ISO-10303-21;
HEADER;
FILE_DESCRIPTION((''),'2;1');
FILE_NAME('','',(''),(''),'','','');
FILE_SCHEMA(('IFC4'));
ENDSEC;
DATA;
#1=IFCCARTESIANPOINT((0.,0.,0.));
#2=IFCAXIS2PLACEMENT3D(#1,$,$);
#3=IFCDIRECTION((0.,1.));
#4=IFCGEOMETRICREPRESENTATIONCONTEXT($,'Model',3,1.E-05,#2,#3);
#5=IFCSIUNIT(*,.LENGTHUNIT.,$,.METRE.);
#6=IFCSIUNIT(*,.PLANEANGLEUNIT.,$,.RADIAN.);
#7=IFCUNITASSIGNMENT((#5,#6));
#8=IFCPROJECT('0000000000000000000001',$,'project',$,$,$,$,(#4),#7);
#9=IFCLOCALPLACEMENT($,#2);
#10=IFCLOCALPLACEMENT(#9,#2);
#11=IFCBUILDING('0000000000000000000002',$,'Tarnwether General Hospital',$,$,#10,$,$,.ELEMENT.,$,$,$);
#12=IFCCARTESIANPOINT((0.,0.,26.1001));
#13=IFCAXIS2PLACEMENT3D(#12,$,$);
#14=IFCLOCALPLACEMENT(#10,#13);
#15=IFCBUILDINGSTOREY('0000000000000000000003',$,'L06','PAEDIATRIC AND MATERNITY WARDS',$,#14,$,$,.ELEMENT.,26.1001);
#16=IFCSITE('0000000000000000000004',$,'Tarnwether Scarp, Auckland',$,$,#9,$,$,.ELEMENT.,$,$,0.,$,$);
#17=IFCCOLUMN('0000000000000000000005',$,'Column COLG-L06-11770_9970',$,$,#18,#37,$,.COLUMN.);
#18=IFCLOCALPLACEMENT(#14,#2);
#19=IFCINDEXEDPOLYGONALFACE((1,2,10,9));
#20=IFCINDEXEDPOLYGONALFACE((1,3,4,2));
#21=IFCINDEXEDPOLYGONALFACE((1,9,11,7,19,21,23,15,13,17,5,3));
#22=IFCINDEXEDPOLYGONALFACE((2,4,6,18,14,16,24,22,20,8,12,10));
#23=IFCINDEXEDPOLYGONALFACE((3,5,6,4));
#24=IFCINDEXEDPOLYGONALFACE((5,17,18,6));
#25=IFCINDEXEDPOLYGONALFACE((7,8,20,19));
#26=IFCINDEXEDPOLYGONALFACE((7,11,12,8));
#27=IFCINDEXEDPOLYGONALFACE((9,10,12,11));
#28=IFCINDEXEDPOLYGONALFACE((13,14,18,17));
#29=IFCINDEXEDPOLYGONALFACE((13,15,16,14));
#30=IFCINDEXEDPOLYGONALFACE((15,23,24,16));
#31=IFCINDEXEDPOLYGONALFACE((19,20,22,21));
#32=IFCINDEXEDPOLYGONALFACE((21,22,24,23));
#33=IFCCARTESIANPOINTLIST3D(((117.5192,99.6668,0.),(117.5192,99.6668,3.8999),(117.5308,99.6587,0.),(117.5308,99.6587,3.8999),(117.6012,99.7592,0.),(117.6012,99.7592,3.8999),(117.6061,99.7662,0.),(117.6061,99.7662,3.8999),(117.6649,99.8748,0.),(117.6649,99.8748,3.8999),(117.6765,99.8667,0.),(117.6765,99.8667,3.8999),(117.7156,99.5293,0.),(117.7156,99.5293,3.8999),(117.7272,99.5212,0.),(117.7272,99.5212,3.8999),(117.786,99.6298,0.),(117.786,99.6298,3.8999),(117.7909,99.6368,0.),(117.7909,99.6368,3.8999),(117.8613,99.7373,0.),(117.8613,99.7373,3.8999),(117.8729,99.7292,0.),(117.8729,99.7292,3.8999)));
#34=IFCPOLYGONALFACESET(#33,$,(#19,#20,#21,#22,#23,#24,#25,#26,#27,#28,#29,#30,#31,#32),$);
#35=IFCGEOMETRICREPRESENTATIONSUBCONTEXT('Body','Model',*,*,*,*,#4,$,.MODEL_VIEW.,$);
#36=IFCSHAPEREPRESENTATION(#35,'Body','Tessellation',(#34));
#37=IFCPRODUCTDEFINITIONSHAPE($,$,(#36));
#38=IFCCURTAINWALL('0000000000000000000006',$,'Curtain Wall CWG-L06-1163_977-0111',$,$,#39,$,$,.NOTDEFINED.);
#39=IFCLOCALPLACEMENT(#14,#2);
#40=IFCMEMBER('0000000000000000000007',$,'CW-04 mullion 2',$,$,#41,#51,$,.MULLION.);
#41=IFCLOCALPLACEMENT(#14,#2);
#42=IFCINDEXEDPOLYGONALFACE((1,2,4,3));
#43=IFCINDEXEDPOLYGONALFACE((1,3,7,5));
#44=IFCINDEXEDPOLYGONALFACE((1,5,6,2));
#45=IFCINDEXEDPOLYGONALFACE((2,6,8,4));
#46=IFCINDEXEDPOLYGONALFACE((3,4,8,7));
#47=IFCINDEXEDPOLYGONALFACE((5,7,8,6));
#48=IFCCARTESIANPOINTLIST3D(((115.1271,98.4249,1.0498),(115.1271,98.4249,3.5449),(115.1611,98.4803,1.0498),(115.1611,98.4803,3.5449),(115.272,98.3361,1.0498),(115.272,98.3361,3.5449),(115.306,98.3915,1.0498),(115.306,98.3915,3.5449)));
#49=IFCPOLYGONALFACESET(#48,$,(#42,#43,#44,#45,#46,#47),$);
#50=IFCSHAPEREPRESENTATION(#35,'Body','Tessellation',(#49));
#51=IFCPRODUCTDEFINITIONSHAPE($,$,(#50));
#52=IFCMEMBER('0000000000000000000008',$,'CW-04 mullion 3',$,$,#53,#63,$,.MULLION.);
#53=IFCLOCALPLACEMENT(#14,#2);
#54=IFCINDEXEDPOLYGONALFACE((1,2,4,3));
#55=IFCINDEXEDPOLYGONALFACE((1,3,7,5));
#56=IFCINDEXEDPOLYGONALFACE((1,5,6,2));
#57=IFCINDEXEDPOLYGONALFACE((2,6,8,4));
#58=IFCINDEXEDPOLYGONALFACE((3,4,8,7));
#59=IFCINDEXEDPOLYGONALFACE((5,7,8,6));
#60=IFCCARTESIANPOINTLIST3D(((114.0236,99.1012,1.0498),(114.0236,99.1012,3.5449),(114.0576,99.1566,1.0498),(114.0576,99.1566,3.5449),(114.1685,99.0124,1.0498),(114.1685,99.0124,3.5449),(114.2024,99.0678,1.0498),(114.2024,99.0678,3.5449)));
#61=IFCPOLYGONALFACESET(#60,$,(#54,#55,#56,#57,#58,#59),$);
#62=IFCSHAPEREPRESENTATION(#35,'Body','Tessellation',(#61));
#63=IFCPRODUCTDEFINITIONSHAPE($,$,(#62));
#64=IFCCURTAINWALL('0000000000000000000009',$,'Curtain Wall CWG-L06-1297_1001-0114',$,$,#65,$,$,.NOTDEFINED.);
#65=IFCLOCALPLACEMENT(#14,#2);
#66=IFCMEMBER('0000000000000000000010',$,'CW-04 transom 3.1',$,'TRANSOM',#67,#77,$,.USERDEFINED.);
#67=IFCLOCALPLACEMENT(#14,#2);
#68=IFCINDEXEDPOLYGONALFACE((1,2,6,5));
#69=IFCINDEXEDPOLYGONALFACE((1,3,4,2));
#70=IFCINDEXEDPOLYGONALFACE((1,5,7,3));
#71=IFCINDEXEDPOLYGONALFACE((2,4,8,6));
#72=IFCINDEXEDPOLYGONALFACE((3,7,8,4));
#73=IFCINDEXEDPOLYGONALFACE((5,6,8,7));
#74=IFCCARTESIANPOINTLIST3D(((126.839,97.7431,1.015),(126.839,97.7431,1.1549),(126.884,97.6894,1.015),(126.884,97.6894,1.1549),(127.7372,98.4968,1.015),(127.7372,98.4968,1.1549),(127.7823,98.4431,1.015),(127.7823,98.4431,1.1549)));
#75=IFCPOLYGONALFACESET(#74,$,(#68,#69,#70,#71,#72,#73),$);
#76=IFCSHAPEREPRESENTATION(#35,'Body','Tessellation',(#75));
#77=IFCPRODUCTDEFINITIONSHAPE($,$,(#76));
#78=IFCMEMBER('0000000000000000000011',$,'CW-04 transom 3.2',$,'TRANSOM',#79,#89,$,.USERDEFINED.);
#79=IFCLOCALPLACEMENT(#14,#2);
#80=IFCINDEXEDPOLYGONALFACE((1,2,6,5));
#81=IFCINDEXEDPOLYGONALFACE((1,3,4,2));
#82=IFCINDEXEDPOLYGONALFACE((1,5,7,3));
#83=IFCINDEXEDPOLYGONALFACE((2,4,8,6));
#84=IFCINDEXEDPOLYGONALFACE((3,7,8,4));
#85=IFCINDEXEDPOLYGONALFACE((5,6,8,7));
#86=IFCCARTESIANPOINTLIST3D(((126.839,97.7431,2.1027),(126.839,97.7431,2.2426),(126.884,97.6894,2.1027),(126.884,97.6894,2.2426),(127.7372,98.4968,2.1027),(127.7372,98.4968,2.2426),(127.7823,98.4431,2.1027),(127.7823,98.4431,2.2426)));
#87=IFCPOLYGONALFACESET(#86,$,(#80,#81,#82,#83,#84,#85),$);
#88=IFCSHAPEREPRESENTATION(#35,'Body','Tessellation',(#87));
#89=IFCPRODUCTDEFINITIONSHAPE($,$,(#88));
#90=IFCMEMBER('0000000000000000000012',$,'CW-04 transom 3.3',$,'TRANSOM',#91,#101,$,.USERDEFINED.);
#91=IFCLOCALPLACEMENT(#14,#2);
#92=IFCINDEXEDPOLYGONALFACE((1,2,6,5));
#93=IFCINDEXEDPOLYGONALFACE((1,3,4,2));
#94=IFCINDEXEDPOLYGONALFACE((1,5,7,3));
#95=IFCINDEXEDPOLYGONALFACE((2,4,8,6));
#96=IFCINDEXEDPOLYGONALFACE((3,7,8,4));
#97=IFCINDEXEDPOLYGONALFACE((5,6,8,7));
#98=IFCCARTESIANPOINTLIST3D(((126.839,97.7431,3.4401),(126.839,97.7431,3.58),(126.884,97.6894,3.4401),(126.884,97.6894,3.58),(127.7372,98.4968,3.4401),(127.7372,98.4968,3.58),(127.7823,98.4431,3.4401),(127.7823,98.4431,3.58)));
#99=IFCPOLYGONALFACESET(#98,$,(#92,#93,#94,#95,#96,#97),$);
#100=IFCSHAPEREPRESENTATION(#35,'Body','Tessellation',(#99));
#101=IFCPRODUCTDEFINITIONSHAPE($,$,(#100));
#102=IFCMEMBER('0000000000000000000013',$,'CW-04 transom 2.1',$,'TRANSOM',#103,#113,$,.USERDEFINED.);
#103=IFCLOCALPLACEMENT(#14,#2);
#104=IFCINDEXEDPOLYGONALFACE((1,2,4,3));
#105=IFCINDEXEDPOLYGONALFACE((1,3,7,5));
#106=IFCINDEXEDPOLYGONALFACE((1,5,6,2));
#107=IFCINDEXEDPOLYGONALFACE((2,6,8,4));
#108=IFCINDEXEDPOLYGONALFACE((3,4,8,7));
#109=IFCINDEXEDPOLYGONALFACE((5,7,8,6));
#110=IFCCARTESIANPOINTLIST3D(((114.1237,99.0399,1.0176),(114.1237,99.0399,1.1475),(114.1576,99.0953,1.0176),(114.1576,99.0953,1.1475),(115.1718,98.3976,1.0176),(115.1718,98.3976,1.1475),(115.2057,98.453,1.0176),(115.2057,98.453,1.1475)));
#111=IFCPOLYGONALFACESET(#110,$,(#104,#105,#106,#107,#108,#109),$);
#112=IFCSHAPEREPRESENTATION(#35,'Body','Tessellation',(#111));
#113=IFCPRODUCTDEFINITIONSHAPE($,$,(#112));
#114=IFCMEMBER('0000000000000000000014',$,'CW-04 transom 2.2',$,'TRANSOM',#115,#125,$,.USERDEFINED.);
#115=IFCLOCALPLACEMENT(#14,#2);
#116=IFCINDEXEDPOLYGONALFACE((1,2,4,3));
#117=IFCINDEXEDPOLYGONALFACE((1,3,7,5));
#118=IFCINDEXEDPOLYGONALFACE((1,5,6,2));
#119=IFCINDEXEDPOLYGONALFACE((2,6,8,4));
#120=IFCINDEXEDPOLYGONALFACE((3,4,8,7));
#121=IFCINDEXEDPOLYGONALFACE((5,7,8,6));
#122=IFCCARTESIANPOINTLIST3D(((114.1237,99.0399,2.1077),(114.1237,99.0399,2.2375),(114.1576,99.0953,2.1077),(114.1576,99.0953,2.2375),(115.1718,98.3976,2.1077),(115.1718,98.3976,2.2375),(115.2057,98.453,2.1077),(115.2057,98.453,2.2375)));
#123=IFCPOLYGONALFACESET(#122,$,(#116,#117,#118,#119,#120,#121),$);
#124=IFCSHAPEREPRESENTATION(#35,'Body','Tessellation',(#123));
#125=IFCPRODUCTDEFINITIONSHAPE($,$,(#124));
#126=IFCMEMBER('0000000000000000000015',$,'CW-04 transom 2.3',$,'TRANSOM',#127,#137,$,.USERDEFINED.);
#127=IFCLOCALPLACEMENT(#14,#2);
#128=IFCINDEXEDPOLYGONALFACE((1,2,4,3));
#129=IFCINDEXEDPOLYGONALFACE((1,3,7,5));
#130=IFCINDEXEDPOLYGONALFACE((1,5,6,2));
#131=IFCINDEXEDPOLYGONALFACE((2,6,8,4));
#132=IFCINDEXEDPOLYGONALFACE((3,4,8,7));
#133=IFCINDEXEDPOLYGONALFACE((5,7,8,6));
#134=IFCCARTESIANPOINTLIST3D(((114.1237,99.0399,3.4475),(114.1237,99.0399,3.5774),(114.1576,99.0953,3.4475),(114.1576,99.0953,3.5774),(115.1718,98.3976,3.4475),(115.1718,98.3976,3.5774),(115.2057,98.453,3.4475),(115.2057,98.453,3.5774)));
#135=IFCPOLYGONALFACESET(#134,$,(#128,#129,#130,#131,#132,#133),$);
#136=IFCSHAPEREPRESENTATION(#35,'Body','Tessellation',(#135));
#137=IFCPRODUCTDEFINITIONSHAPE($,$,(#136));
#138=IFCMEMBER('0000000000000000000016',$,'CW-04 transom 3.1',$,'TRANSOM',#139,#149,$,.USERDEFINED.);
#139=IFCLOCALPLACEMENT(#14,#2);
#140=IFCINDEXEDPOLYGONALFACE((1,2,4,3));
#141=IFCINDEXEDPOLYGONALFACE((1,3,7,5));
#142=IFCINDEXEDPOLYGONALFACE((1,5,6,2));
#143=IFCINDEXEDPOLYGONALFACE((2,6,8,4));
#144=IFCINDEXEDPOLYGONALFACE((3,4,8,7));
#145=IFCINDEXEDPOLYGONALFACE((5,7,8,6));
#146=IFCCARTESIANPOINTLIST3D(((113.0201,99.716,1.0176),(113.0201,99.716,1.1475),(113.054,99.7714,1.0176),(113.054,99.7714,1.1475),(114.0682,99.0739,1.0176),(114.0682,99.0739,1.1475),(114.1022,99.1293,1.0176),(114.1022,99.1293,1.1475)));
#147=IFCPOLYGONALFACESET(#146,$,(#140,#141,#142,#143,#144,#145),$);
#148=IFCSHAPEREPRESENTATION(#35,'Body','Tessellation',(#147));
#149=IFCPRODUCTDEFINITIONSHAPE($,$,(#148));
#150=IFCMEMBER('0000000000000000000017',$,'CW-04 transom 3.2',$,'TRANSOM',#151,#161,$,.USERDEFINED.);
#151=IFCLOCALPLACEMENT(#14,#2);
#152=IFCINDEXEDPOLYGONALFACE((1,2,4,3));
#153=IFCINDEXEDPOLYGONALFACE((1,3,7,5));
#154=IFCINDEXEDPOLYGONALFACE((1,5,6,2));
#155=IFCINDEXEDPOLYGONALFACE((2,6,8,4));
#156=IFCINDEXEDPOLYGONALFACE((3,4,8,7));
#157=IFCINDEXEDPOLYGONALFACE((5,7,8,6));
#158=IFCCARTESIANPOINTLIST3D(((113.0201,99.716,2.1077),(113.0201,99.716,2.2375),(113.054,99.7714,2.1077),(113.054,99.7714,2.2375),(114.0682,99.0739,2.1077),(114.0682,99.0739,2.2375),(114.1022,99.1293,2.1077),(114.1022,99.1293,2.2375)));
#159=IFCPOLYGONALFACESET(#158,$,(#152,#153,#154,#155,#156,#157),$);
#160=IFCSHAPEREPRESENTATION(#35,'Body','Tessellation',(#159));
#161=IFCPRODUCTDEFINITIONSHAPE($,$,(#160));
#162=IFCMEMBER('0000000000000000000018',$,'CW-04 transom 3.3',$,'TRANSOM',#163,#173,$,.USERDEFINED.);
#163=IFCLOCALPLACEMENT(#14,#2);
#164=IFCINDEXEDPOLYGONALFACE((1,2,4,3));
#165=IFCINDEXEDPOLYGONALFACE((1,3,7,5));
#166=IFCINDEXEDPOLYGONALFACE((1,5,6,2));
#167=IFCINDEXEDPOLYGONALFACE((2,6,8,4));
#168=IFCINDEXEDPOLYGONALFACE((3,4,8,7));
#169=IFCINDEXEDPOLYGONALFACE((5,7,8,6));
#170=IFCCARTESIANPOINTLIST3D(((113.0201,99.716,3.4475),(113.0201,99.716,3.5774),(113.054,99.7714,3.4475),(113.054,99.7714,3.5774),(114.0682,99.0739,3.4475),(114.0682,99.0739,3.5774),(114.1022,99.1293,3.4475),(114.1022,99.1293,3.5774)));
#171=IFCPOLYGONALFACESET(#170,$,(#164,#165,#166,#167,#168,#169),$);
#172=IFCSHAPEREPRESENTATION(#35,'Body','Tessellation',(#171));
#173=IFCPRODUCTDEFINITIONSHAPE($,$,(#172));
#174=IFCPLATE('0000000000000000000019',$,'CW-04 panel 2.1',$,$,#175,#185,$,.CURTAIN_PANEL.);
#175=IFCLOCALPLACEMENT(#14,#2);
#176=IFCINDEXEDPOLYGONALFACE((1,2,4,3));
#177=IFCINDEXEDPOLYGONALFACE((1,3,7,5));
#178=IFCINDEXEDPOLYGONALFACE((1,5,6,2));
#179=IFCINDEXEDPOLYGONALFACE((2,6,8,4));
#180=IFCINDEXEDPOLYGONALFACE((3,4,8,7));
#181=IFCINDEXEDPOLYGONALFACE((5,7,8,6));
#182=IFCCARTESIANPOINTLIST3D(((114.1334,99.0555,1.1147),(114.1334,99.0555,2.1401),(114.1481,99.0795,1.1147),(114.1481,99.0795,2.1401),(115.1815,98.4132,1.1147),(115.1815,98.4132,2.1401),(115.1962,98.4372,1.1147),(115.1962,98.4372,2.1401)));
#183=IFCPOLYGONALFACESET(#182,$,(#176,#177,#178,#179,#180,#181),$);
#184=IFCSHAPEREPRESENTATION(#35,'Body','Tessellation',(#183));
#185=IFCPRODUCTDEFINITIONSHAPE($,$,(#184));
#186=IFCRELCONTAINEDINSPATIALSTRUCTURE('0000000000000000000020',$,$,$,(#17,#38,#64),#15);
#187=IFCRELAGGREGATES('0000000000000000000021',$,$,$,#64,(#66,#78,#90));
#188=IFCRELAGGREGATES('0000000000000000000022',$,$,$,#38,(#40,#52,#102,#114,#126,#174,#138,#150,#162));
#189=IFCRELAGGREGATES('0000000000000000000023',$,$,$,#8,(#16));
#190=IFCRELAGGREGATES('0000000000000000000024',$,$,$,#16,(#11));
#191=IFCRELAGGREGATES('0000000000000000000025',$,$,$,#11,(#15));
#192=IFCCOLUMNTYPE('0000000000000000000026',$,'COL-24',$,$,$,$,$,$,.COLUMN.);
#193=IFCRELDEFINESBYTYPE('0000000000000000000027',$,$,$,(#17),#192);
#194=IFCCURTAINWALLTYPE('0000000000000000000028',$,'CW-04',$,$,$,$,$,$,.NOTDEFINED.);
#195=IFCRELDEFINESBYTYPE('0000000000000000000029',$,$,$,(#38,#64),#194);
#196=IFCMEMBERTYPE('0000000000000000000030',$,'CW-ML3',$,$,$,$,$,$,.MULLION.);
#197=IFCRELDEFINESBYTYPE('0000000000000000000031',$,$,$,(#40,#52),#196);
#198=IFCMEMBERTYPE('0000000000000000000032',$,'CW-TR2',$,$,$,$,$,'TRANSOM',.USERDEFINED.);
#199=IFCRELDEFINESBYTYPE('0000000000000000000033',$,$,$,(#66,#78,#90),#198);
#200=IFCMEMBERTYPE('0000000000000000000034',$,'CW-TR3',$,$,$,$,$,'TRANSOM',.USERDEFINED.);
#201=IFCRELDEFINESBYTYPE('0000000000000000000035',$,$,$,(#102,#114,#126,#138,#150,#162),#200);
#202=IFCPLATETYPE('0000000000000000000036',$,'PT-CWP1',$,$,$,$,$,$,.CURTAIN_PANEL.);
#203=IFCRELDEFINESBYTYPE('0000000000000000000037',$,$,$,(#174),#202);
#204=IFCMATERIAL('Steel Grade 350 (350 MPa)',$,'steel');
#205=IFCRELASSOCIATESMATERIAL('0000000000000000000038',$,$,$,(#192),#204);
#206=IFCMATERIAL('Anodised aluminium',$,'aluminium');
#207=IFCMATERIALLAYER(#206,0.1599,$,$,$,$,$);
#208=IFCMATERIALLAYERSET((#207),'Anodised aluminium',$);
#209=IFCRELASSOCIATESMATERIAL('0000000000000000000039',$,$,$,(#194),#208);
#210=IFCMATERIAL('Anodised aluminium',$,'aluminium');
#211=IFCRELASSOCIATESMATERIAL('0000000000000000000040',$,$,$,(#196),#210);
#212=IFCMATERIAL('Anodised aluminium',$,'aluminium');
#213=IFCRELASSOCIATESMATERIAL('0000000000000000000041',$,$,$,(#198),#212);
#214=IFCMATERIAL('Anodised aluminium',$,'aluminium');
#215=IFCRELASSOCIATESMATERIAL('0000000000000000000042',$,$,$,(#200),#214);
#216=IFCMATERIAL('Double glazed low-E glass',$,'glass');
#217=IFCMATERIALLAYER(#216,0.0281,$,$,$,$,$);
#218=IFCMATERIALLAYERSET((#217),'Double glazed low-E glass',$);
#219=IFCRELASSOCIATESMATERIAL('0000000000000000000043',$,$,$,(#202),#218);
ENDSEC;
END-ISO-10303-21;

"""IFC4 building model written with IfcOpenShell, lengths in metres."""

from ifc_helpers import new_model, si_unit, direction, frame, origin, origin_2d, place, context, subcontext, project, spatial, rectangle, i_section, extrude, material, layer, layer_set, material_profile, profile_set, type_object, element, aggregate, save


model = new_model("IFC4")

# Units and contexts
model_context = context("Model", 3, precision=1e-05, world=origin(), true_north=direction((0.0, 1.0)))
body_context = subcontext(model_context, "Body", "Model", "MODEL_VIEW")
ifc_project = project(units=[si_unit("LENGTHUNIT", "METRE"), si_unit("PLANEANGLEUNIT", "RADIAN")], contexts=[model_context])

# Site, building, storey
site_placement = place(None, origin())
site = spatial("IfcSite", under=ifc_project, at=site_placement, Name="Tarnwether Scarp, Auckland", CompositionType="ELEMENT", RefElevation=0.0)
building_placement = place(site_placement, origin())
building = spatial("IfcBuilding", under=site, at=building_placement, Name="Tarnwether General Hospital", CompositionType="ELEMENT")
storey_placement = place(building_placement, frame((0.0, 0.0, 26.1001)))
storey = spatial("IfcBuildingStorey", under=building, at=storey_placement, Name="L06", Description="PAEDIATRIC AND MATERNITY WARDS", CompositionType="ELEMENT", Elevation=26.1001)

# Column
ifc_material_1 = material(Name="Steel Grade 350 (350 MPa)", Category="steel")
ifc_material_profile_1 = material_profile(ifc_material_1, i_section(OverallWidth=0.2539, OverallDepth=0.2539, WebThickness=0.0085, FlangeThickness=0.0142, at=origin_2d()), Name="250UC72.9")
ifc_profile_set_1 = profile_set([ifc_material_profile_1], Name="Steel Grade 350 (350 MPa)")
column_type = type_object("IfcColumnType", Name="COL-24", PredefinedType="COLUMN", material=ifc_profile_set_1)
column_placement = place(storey_placement, frame((117.696, 99.698, 0.0), z_axis=(0.0, 0.0, 1.0), x_axis=(0.573576, 0.819152, 0.0)))
element("IfcColumn", 1, at=column_placement, inside=storey, type_object=column_type, Name="Column COLG-L06-11770_9970", PredefinedType="COLUMN", context=body_context, shape_type="SweptSolid", body=[
    extrude(i_section(OverallWidth=0.2539, OverallDepth=0.2539, WebThickness=0.0085, FlangeThickness=0.0142, at=origin_2d()), origin(), (0.0, 0.0, 1.0), 3.8999),
])

# Curtain walls, members
ifc_material_2 = material(Name="Anodised aluminium", Category="aluminium")
ifc_layer_1 = layer(ifc_material_2, 0.1599)
ifc_layer_set_1 = layer_set([ifc_layer_1], Name="Anodised aluminium")
curtain_wall_type = type_object("IfcCurtainWallType", Name="CW-04", PredefinedType="NOTDEFINED", material=ifc_layer_set_1)
curtain_wall_1_placement = place(storey_placement, origin())
curtain_wall_1 = element("IfcCurtainWall", 2, at=curtain_wall_1_placement, inside=storey, type_object=curtain_wall_type, Name="Curtain Wall CWG-L06-1163_977-0111", PredefinedType="NOTDEFINED")
ifc_material_3 = material(Name="Anodised aluminium", Category="aluminium")
ifc_material_profile_2 = material_profile(ifc_material_3, rectangle(XDim=0.0649, YDim=0.1699, at=origin_2d()), Name="ALU-MUL-65x170")
ifc_profile_set_2 = profile_set([ifc_material_profile_2], Name="Anodised aluminium")
member_type_1 = type_object("IfcMemberType", Name="CW-ML3", PredefinedType="MULLION", material=ifc_profile_set_2)
member_1_placement = place(storey_placement, frame((115.2166, 98.4082, 1.0498), z_axis=(0.0, 0.0, 1.0), x_axis=(-0.522512, -0.852632, 0.0)))
member_1 = element("IfcMember", 3, at=member_1_placement, type_object=member_type_1, Name="CW-04 mullion 2", PredefinedType="MULLION", context=body_context, shape_type="SweptSolid", body=[
    extrude(rectangle(XDim=0.0649, YDim=0.1699, at=origin_2d()), origin(), (0.0, 0.0, 1.0), 2.4951),
])
member_2_placement = place(storey_placement, frame((114.113, 99.0845, 1.0498), z_axis=(0.0, 0.0, 1.0), x_axis=(-0.522512, -0.852632, 0.0)))
member_2 = element("IfcMember", 4, at=member_2_placement, type_object=member_type_1, Name="CW-04 mullion 3", PredefinedType="MULLION", context=body_context, shape_type="SweptSolid", body=[
    extrude(rectangle(XDim=0.0649, YDim=0.1699, at=origin_2d()), origin(), (0.0, 0.0, 1.0), 2.4951),
])
curtain_wall_2_placement = place(storey_placement, origin())
curtain_wall_2 = element("IfcCurtainWall", 5, at=curtain_wall_2_placement, inside=storey, type_object=curtain_wall_type, Name="Curtain Wall CWG-L06-1297_1001-0114", PredefinedType="NOTDEFINED")
ifc_material_4 = material(Name="Anodised aluminium", Category="aluminium")
ifc_material_profile_3 = material_profile(ifc_material_4, rectangle(XDim=0.0701, YDim=0.1399, at=origin_2d()), Name="ALU-TRN-70x140")
ifc_profile_set_3 = profile_set([ifc_material_profile_3], Name="Anodised aluminium")
member_type_2 = type_object("IfcMemberType", Name="CW-TR2", ElementType="TRANSOM", PredefinedType="USERDEFINED", material=ifc_profile_set_3)
member_3_placement = place(storey_placement, frame((127.7598, 98.47, 1.085), z_axis=(-0.766049, -0.642782, 0.0), x_axis=(0.642782, -0.766049, 0.0)))
member_3 = element("IfcMember", 6, at=member_3_placement, type_object=member_type_2, Name="CW-04 transom 3.1", ObjectType="TRANSOM", PredefinedType="USERDEFINED", context=body_context, shape_type="SweptSolid", body=[
    extrude(rectangle(XDim=0.0701, YDim=0.1399, at=origin_2d()), origin(), (0.0, 0.0, 1.0), 1.1726),
])
member_4_placement = place(storey_placement, frame((127.7598, 98.47, 2.1726), z_axis=(-0.766049, -0.642782, 0.0), x_axis=(0.642782, -0.766049, 0.0)))
member_4 = element("IfcMember", 7, at=member_4_placement, type_object=member_type_2, Name="CW-04 transom 3.2", ObjectType="TRANSOM", PredefinedType="USERDEFINED", context=body_context, shape_type="SweptSolid", body=[
    extrude(rectangle(XDim=0.0701, YDim=0.1399, at=origin_2d()), origin(), (0.0, 0.0, 1.0), 1.1726),
])
member_5_placement = place(storey_placement, frame((127.7598, 98.47, 3.51), z_axis=(-0.766049, -0.642782, 0.0), x_axis=(0.642782, -0.766049, 0.0)))
member_5 = element("IfcMember", 8, at=member_5_placement, type_object=member_type_2, Name="CW-04 transom 3.3", ObjectType="TRANSOM", PredefinedType="USERDEFINED", context=body_context, shape_type="SweptSolid", body=[
    extrude(rectangle(XDim=0.0701, YDim=0.1399, at=origin_2d()), origin(), (0.0, 0.0, 1.0), 1.1726),
])
aggregate(curtain_wall_2, [member_3, member_4, member_5])

# Members
ifc_material_5 = material(Name="Anodised aluminium", Category="aluminium")
ifc_material_profile_4 = material_profile(ifc_material_5, rectangle(XDim=0.0649, YDim=0.1299, at=origin_2d()), Name="ALU-TRN-65x130")
ifc_profile_set_4 = profile_set([ifc_material_profile_4], Name="Anodised aluminium")
member_type_3 = type_object("IfcMemberType", Name="CW-TR3", ElementType="TRANSOM", PredefinedType="USERDEFINED", material=ifc_profile_set_4)
member_6_placement = place(storey_placement, frame((115.1887, 98.4253, 1.0825), z_axis=(-0.852618, 0.522534, 0.0), x_axis=(-0.522534, -0.852618, 0.0)))
member_6 = element("IfcMember", 9, at=member_6_placement, type_object=member_type_3, Name="CW-04 transom 2.1", ObjectType="TRANSOM", PredefinedType="USERDEFINED", context=body_context, shape_type="SweptSolid", body=[
    extrude(rectangle(XDim=0.0649, YDim=0.1299, at=origin_2d()), origin(), (0.0, 0.0, 1.0), 1.2292),
])
member_7_placement = place(storey_placement, frame((115.1887, 98.4253, 2.1726), z_axis=(-0.852618, 0.522534, 0.0), x_axis=(-0.522534, -0.852618, 0.0)))
member_7 = element("IfcMember", 10, at=member_7_placement, type_object=member_type_3, Name="CW-04 transom 2.2", ObjectType="TRANSOM", PredefinedType="USERDEFINED", context=body_context, shape_type="SweptSolid", body=[
    extrude(rectangle(XDim=0.0649, YDim=0.1299, at=origin_2d()), origin(), (0.0, 0.0, 1.0), 1.2292),
])
member_8_placement = place(storey_placement, frame((115.1887, 98.4253, 3.5125), z_axis=(-0.852618, 0.522534, 0.0), x_axis=(-0.522534, -0.852618, 0.0)))
member_8 = element("IfcMember", 11, at=member_8_placement, type_object=member_type_3, Name="CW-04 transom 2.3", ObjectType="TRANSOM", PredefinedType="USERDEFINED", context=body_context, shape_type="SweptSolid", body=[
    extrude(rectangle(XDim=0.0649, YDim=0.1299, at=origin_2d()), origin(), (0.0, 0.0, 1.0), 1.2292),
])
member_9_placement = place(storey_placement, frame((114.0852, 99.1016, 1.0825), z_axis=(-0.852707, 0.52239, 0.0), x_axis=(-0.52239, -0.852707, 0.0)))
member_9 = element("IfcMember", 12, at=member_9_placement, type_object=member_type_3, Name="CW-04 transom 3.1", ObjectType="TRANSOM", PredefinedType="USERDEFINED", context=body_context, shape_type="SweptSolid", body=[
    extrude(rectangle(XDim=0.0649, YDim=0.1299, at=origin_2d()), origin(), (0.0, 0.0, 1.0), 1.2292),
])
member_10_placement = place(storey_placement, frame((114.0852, 99.1016, 2.1726), z_axis=(-0.852707, 0.52239, 0.0), x_axis=(-0.52239, -0.852707, 0.0)))
member_10 = element("IfcMember", 13, at=member_10_placement, type_object=member_type_3, Name="CW-04 transom 3.2", ObjectType="TRANSOM", PredefinedType="USERDEFINED", context=body_context, shape_type="SweptSolid", body=[
    extrude(rectangle(XDim=0.0649, YDim=0.1299, at=origin_2d()), origin(), (0.0, 0.0, 1.0), 1.2292),
])
member_11_placement = place(storey_placement, frame((114.0852, 99.1016, 3.5125), z_axis=(-0.852707, 0.52239, 0.0), x_axis=(-0.52239, -0.852707, 0.0)))
member_11 = element("IfcMember", 14, at=member_11_placement, type_object=member_type_3, Name="CW-04 transom 3.3", ObjectType="TRANSOM", PredefinedType="USERDEFINED", context=body_context, shape_type="SweptSolid", body=[
    extrude(rectangle(XDim=0.0649, YDim=0.1299, at=origin_2d()), origin(), (0.0, 0.0, 1.0), 1.2292),
])

# Plate
ifc_material_6 = material(Name="Double glazed low-E glass", Category="glass")
ifc_layer_2 = layer(ifc_material_6, 0.0281)
ifc_layer_set_2 = layer_set([ifc_layer_2], Name="Double glazed low-E glass")
plate_type_1 = type_object("IfcPlateType", Name="PT-CWP1", PredefinedType="CURTAIN_PANEL", material=ifc_layer_set_2)
plate_1_placement = place(storey_placement, frame((114.6648, 98.7463, 1.1147), z_axis=(0.0, 0.0, 1.0), x_axis=(-0.852632, 0.522512, 0.0)))
plate_1 = element("IfcPlate", 15, at=plate_1_placement, type_object=plate_type_1, Name="CW-04 panel 2.1", PredefinedType="CURTAIN_PANEL", context=body_context, shape_type="SweptSolid", body=[
    extrude(rectangle(XDim=1.2292, YDim=0.0281, at=origin_2d()), origin(), (0.0, 0.0, 1.0), 1.0254),
])
aggregate(curtain_wall_1, [member_1, member_2, member_6, member_7, member_8, plate_1, member_9, member_10, member_11])

save(model, "model.ifc")
